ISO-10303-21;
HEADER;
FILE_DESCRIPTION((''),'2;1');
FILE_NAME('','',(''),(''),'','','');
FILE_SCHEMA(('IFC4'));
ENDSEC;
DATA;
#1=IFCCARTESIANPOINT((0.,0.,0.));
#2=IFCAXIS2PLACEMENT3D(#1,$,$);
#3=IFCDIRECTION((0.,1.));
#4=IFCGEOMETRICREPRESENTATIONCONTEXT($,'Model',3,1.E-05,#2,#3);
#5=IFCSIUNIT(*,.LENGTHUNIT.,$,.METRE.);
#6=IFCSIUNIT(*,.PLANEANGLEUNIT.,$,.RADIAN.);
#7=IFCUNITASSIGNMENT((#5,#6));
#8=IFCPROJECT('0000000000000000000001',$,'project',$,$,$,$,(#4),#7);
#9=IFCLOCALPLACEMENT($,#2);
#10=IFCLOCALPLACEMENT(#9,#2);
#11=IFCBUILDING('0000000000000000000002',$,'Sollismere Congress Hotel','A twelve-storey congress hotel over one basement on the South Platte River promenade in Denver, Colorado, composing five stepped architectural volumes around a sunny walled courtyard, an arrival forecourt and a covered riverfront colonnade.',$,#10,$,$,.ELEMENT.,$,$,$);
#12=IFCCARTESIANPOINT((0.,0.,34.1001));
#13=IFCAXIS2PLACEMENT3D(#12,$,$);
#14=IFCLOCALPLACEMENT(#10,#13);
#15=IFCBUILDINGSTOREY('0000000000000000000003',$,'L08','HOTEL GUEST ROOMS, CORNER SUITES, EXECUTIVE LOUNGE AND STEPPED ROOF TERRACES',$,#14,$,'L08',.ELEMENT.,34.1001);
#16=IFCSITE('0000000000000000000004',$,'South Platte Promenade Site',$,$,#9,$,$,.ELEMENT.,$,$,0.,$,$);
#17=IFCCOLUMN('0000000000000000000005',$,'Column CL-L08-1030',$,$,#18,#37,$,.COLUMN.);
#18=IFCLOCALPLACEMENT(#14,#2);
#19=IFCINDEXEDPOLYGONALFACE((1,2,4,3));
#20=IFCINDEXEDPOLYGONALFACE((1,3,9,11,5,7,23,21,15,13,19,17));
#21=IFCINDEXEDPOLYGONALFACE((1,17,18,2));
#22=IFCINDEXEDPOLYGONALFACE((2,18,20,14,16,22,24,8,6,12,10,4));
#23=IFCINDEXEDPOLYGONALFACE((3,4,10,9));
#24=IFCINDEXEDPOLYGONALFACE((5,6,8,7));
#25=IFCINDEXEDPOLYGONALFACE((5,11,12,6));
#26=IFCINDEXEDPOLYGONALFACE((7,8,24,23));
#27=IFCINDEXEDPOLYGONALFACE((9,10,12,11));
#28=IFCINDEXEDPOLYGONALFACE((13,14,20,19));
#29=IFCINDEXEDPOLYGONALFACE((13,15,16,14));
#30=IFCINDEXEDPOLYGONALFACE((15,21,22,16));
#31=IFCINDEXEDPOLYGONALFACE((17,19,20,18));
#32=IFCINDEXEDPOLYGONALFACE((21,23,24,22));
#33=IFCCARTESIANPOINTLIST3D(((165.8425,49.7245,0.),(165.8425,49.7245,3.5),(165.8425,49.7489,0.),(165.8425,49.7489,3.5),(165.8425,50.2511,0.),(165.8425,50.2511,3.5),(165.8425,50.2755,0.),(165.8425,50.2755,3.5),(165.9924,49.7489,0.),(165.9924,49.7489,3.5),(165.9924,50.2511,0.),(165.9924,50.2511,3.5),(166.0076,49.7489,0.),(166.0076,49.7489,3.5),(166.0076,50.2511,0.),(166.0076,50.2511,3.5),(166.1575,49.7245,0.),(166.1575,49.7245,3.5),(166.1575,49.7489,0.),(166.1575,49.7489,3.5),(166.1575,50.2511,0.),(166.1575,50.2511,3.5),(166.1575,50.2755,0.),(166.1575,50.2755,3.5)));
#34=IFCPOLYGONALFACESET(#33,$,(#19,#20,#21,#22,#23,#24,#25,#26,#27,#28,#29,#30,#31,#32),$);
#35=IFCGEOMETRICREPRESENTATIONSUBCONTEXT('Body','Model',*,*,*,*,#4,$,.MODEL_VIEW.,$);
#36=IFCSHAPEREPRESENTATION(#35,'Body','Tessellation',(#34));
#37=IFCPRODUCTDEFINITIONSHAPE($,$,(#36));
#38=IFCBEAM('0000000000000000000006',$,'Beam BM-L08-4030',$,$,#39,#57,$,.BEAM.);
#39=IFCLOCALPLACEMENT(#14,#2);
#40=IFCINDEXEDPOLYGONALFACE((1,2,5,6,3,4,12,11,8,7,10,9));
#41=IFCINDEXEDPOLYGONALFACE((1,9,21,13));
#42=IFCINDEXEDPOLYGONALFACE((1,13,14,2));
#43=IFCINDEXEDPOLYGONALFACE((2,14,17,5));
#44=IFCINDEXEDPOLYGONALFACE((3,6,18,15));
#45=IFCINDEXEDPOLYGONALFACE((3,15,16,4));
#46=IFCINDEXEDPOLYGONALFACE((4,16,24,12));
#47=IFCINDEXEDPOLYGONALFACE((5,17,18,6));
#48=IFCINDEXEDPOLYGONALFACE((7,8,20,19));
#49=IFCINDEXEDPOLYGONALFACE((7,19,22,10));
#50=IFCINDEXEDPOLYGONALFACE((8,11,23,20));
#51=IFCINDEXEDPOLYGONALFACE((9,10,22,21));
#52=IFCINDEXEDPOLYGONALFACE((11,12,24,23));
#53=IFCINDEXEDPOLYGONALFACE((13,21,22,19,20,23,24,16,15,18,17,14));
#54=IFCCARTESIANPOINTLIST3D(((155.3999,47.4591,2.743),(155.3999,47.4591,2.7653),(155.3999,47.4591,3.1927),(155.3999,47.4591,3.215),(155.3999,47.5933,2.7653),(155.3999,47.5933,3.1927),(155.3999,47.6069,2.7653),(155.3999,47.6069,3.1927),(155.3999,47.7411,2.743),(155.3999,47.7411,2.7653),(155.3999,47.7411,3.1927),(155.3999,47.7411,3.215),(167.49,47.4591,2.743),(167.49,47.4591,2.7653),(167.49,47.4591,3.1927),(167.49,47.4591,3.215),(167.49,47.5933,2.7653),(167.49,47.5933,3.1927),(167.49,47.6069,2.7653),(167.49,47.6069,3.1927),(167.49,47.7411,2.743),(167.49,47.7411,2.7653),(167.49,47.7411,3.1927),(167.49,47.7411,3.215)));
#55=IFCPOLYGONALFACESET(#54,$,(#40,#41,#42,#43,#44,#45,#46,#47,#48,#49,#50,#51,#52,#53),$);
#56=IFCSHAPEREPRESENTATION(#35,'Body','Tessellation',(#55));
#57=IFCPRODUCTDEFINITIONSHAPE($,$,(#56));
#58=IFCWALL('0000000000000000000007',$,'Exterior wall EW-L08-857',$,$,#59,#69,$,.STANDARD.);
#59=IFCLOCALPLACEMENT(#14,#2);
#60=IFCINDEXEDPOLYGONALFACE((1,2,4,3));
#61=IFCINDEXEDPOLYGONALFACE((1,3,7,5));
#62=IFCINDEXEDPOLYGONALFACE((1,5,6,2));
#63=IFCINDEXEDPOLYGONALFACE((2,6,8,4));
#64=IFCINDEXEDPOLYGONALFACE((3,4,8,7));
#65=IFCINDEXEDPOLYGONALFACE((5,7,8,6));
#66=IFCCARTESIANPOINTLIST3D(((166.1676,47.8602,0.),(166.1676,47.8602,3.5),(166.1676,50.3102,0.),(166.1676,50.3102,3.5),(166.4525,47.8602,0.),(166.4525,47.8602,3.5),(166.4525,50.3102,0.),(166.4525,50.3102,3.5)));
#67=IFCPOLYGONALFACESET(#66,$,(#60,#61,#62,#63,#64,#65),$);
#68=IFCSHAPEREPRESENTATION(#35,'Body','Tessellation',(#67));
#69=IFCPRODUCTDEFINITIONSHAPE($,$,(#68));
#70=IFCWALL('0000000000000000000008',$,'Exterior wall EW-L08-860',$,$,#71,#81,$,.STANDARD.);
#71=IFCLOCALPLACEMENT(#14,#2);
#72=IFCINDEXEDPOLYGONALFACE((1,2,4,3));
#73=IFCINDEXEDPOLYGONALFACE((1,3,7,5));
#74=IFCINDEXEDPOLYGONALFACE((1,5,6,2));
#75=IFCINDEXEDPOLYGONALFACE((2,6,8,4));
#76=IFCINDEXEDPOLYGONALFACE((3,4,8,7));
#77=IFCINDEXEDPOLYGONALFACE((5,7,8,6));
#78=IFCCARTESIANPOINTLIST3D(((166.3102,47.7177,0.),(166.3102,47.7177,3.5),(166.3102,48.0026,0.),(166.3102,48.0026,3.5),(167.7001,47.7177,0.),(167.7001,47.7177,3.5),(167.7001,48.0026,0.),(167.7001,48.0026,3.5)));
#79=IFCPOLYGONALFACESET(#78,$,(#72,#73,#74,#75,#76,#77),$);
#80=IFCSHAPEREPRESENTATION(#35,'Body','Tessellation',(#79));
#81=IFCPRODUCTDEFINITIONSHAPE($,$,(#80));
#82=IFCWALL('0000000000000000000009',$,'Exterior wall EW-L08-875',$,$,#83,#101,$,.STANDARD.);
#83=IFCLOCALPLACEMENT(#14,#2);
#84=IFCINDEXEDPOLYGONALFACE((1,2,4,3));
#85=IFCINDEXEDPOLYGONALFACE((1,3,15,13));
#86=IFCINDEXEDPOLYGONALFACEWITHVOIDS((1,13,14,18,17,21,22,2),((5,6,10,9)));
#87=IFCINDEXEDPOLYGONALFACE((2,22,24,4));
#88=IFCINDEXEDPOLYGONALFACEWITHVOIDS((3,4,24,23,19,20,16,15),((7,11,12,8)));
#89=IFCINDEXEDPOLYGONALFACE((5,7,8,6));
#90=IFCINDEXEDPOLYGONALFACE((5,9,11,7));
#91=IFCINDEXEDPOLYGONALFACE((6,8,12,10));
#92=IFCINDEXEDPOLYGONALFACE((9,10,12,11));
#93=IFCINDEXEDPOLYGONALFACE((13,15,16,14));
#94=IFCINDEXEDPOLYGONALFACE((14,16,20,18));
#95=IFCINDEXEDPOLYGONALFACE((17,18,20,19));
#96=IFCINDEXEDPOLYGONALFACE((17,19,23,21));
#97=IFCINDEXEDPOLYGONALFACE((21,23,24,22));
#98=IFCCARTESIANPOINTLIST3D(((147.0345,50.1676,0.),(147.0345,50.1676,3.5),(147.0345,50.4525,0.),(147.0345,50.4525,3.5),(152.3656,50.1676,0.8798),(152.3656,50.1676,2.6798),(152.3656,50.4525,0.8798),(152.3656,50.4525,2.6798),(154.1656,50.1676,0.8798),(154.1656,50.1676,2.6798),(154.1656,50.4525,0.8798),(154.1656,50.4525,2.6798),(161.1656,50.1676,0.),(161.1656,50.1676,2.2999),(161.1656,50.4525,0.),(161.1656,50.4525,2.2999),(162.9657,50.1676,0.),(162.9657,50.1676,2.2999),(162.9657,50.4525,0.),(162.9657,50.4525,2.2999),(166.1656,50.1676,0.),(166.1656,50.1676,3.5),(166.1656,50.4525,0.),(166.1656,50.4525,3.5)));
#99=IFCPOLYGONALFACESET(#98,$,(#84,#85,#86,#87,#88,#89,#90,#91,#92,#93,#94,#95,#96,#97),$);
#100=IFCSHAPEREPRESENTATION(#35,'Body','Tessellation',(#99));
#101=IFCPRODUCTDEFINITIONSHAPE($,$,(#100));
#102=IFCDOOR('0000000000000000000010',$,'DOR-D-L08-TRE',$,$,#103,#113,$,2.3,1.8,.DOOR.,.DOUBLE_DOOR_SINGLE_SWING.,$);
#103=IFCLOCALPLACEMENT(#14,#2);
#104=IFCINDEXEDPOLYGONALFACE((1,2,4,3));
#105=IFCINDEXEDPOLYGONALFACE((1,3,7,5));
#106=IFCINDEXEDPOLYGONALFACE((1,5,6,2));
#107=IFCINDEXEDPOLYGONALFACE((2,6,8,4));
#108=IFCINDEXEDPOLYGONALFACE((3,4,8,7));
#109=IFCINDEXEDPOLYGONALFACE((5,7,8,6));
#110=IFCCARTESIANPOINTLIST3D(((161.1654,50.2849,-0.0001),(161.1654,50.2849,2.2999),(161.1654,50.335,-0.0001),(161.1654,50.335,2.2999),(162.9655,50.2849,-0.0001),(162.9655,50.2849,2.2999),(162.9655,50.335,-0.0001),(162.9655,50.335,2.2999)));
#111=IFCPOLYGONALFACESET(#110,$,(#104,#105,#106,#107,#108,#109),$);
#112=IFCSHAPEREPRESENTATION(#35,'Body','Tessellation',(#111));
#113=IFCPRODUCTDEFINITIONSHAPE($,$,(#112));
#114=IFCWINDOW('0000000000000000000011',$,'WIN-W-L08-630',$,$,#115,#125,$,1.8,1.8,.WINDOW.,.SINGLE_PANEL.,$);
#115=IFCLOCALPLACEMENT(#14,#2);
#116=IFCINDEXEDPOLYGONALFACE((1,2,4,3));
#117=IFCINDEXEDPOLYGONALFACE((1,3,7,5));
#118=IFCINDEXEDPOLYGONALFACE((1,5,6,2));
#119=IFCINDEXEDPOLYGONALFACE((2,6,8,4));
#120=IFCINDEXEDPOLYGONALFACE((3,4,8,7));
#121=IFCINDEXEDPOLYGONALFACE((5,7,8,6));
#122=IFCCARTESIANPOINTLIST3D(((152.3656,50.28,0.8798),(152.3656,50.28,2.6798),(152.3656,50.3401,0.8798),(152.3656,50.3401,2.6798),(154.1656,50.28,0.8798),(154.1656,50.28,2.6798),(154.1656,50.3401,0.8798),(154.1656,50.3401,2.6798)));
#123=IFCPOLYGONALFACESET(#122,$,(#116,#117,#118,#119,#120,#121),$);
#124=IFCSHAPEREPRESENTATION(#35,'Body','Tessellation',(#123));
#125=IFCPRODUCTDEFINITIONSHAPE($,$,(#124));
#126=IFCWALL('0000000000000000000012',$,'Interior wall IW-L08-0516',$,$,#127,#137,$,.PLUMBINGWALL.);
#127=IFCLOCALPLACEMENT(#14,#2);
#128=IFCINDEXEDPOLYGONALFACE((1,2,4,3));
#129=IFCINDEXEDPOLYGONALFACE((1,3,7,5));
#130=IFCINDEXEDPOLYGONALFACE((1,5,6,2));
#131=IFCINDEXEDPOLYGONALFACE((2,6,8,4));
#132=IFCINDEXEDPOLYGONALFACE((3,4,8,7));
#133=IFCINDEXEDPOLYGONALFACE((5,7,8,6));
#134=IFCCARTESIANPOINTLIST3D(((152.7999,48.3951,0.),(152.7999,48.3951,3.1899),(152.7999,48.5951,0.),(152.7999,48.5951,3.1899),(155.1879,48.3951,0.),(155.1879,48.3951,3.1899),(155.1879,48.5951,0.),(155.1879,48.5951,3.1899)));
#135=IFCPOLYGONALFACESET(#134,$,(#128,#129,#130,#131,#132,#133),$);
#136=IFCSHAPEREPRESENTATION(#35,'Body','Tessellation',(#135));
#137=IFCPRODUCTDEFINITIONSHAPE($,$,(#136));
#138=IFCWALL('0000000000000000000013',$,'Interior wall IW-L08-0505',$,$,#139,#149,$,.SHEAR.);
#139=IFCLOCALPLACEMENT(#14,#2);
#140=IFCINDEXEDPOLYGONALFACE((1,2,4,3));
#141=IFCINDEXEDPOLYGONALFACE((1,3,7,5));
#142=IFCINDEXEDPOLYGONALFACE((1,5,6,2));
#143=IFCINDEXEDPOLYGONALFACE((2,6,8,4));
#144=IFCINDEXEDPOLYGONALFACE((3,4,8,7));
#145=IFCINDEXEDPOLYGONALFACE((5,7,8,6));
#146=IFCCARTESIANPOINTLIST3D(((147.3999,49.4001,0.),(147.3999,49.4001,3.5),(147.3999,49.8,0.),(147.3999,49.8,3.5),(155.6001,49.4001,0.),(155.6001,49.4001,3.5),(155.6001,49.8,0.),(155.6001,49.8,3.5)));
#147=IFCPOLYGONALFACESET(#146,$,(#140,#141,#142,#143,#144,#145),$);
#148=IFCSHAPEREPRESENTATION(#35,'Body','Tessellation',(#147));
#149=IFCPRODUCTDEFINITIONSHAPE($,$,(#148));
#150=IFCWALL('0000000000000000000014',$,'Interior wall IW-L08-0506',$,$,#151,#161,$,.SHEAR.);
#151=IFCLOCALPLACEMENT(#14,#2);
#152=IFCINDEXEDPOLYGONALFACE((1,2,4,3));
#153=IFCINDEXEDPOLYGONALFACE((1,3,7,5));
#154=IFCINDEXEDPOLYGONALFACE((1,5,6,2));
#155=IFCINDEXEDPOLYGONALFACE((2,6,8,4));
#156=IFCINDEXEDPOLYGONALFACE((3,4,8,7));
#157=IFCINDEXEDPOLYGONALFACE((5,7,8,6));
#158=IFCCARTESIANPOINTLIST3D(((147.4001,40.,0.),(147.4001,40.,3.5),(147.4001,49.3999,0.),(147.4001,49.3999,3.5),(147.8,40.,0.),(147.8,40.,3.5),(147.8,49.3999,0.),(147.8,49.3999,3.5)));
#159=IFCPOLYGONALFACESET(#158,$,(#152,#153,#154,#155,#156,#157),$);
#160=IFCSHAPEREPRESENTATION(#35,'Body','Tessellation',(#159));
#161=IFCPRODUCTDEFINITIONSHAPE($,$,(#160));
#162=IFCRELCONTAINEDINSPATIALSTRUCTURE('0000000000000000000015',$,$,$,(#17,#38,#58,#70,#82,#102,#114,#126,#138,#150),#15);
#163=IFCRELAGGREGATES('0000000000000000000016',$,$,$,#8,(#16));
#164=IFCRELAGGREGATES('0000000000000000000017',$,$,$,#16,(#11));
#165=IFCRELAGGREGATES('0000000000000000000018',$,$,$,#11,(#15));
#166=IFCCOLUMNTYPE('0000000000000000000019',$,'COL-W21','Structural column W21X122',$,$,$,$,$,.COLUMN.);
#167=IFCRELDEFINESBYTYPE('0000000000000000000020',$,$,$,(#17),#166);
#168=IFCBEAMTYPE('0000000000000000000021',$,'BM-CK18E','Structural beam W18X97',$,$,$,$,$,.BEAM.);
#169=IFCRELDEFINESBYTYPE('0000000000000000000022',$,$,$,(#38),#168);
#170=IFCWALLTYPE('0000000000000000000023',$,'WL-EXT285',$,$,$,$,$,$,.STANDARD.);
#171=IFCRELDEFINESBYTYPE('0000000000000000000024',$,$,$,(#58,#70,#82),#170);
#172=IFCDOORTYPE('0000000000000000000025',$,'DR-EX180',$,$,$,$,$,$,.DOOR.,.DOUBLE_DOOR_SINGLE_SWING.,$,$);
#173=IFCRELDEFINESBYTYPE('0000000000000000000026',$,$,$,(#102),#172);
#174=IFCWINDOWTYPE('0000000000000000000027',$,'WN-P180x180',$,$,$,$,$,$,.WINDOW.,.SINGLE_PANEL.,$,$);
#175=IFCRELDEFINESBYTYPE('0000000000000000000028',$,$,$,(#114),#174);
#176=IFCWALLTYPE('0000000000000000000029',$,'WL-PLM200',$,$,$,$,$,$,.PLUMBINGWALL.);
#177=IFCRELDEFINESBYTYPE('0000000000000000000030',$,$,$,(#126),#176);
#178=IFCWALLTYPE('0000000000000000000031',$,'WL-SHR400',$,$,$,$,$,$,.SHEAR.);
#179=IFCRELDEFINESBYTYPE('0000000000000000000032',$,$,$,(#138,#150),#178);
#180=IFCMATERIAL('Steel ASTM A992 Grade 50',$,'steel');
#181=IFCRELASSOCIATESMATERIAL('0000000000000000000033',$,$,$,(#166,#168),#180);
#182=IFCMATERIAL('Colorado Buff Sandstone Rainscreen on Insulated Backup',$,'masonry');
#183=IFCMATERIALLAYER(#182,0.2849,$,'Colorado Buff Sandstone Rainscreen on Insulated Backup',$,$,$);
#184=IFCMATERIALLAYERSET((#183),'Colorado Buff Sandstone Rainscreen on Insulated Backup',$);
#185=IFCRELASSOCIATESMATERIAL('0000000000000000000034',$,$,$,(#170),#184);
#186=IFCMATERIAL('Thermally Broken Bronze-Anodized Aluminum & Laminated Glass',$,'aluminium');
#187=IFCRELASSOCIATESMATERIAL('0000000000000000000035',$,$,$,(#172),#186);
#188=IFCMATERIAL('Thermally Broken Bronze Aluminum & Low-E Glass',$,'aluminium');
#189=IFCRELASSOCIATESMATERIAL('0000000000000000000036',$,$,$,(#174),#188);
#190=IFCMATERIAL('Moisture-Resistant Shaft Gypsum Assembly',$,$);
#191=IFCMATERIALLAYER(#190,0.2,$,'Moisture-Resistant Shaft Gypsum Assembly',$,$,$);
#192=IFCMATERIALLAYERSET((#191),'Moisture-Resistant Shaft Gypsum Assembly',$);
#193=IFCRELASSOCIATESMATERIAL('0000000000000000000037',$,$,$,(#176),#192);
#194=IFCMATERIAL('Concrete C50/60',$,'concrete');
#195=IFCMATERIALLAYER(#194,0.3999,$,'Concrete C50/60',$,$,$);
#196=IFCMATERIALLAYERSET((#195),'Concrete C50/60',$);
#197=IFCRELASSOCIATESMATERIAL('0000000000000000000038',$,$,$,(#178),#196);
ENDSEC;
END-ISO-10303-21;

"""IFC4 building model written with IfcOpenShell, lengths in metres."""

from ifc_helpers import new_model, si_unit, direction, frame, frame_2d, origin, origin_2d, place, context, subcontext, project, spatial, rectangle, i_section, extrude, material, layer, layer_set, material_profile, profile_set, type_object, element, fill, save


model = new_model("IFC4")

# Units and contexts
model_context = context("Model", 3, precision=1e-05, world=origin(), true_north=direction((0.0, 1.0)))
body_context = subcontext(model_context, "Body", "Model", "MODEL_VIEW")
ifc_project = project(units=[si_unit("LENGTHUNIT", "METRE"), si_unit("PLANEANGLEUNIT", "RADIAN")], contexts=[model_context])

# Site, building, storey
site_placement = place(None, origin())
site = spatial("IfcSite", under=ifc_project, at=site_placement, Name="South Platte Promenade Site", CompositionType="ELEMENT", RefElevation=0.0)
building_placement = place(site_placement, origin())
building = spatial("IfcBuilding", under=site, at=building_placement, Name="Sollismere Congress Hotel", Description="A twelve-storey congress hotel over one basement on the South Platte River promenade in Denver, Colorado, composing five stepped architectural volumes around a sunny walled courtyard, an arrival forecourt and a covered riverfront colonnade.", CompositionType="ELEMENT")
storey_placement = place(building_placement, frame((0.0, 0.0, 34.1001)))
storey = spatial("IfcBuildingStorey", under=building, at=storey_placement, Name="L08", Description="HOTEL GUEST ROOMS, CORNER SUITES, EXECUTIVE LOUNGE AND STEPPED ROOF TERRACES", LongName="L08", CompositionType="ELEMENT", Elevation=34.1001)

# Column
ifc_material_1 = material(Name="Steel ASTM A992 Grade 50", Category="steel")
ifc_material_profile_1 = material_profile(ifc_material_1, i_section(OverallWidth=0.3149, OverallDepth=0.551, WebThickness=0.0151, FlangeThickness=0.0244, at=origin_2d()), Name="W21X122")
ifc_profile_set_1 = profile_set([ifc_material_profile_1], Name="Steel ASTM A992 Grade 50")
column_type = type_object("IfcColumnType", Name="COL-W21", Description="Structural column W21X122", PredefinedType="COLUMN", material=ifc_profile_set_1)
column_placement = place(storey_placement, frame((166.0, 50.0, 0.0), z_axis=(0.0, 0.0, 1.0), x_axis=(1.0, 0.0, 0.0)))
element("IfcColumn", 1, at=column_placement, inside=storey, type_object=column_type, Name="Column CL-L08-1030", PredefinedType="COLUMN", context=body_context, shape_type="SweptSolid", body=[
    extrude(i_section(OverallWidth=0.3149, OverallDepth=0.551, WebThickness=0.0151, FlangeThickness=0.0244, at=origin_2d()), origin(), (0.0, 0.0, 1.0), 3.5),
])

# Beam
ifc_material_profile_2 = material_profile(ifc_material_1, i_section(OverallWidth=0.282, OverallDepth=0.4719, WebThickness=0.0137, FlangeThickness=0.0222, at=origin_2d()), Name="W18X97")
ifc_profile_set_2 = profile_set([ifc_material_profile_2], Name="Steel ASTM A992 Grade 50")
beam_type = type_object("IfcBeamType", Name="BM-CK18E", Description="Structural beam W18X97", PredefinedType="BEAM", material=ifc_profile_set_2)
beam_placement = place(storey_placement, frame((155.3999, 47.6001, 2.979), z_axis=(1.0, 0.0, 0.0), x_axis=(0.0, 1.0, 0.0)))
element("IfcBeam", 2, at=beam_placement, inside=storey, type_object=beam_type, Name="Beam BM-L08-4030", PredefinedType="BEAM", context=body_context, shape_type="SweptSolid", body=[
    extrude(i_section(OverallWidth=0.282, OverallDepth=0.4719, WebThickness=0.0137, FlangeThickness=0.0222, at=origin_2d()), origin(), (0.0, 0.0, 1.0), 12.0901),
])

# Walls
ifc_material_2 = material(Name="Colorado Buff Sandstone Rainscreen on Insulated Backup", Category="masonry")
ifc_layer_1 = layer(ifc_material_2, 0.2849, Name="Colorado Buff Sandstone Rainscreen on Insulated Backup")
ifc_layer_set_1 = layer_set([ifc_layer_1], Name="Colorado Buff Sandstone Rainscreen on Insulated Backup")
wall_type_1 = type_object("IfcWallType", Name="WL-EXT285", PredefinedType="STANDARD", material=ifc_layer_set_1)
wall_1_placement = place(storey_placement, frame((166.3101, 47.8601, 0.0), z_axis=(0.0, 0.0, 1.0), x_axis=(0.0, 1.0, 0.0)))
element("IfcWall", 3, at=wall_1_placement, inside=storey, type_object=wall_type_1, Name="Exterior wall EW-L08-857", PredefinedType="STANDARD", context=body_context, shape_type="SweptSolid", body=[
    extrude(rectangle(XDim=2.45, YDim=0.2849, at=frame_2d((1.2251, 0.0))), origin(), (0.0, 0.0, 1.0), 3.5),
])
wall_2_placement = place(storey_placement, frame((167.7, 47.8601, 0.0), z_axis=(0.0, 0.0, 1.0), x_axis=(-1.0, 0.0, 0.0)))
element("IfcWall", 4, at=wall_2_placement, inside=storey, type_object=wall_type_1, Name="Exterior wall EW-L08-860", PredefinedType="STANDARD", context=body_context, shape_type="SweptSolid", body=[
    extrude(rectangle(XDim=1.3899, YDim=0.2849, at=frame_2d((0.6948, 0.0))), origin(), (0.0, 0.0, 1.0), 3.5),
])

# Wall, openings, door, window
wall_3_placement = place(storey_placement, frame((166.1655, 50.3101, 0.0), z_axis=(0.0, 0.0, 1.0), x_axis=(-1.0, 0.0, 0.0)))
wall_3 = element("IfcWall", 5, at=wall_3_placement, inside=storey, type_object=wall_type_1, Name="Exterior wall EW-L08-875", PredefinedType="STANDARD", context=body_context, shape_type="SweptSolid", body=[
    extrude(rectangle(XDim=19.1311, YDim=0.2849, at=frame_2d((9.5654, 0.0))), origin(), (0.0, 0.0, 1.0), 3.5),
])
opening_1_placement = place(wall_3_placement, frame((3.2, 0.0, 0.0)))
opening_1 = element("IfcOpeningElement", 6, at=opening_1_placement, cuts=wall_3, PredefinedType="OPENING", context=body_context, shape_type="SweptSolid", body=[
    extrude(rectangle(XDim=1.8, YDim=2.3, at=frame_2d((0.8999, 1.1499))), frame((0.0, 0.1523, 0.0), z_axis=(0.0, -1.0, 0.0), x_axis=(1.0, 0.0, 0.0)), (0.0, 0.0, 1.0), 0.3049),
])
opening_2_placement = place(wall_3_placement, frame((12.0, 0.0, 0.8799)))
opening_2 = element("IfcOpeningElement", 7, at=opening_2_placement, cuts=wall_3, PredefinedType="OPENING", context=body_context, shape_type="SweptSolid", body=[
    extrude(rectangle(XDim=1.8, YDim=1.8, at=frame_2d((0.8999, 0.8999))), frame((0.0, 0.1523, 0.0), z_axis=(0.0, -1.0, 0.0), x_axis=(1.0, 0.0, 0.0)), (0.0, 0.0, 1.0), 0.3049),
])
ifc_material_3 = material(Name="Thermally Broken Bronze-Anodized Aluminum & Laminated Glass", Category="aluminium")
door_type = type_object("IfcDoorType", Name="DR-EX180", OperationType="DOUBLE_DOOR_SINGLE_SWING", PredefinedType="DOOR", material=ifc_material_3)
door_placement = place(opening_1_placement, frame((1.8, 0.0, 0.0), z_axis=(0.0, 0.0, 1.0), x_axis=(-1.0, 0.0, 0.0)))
door = element("IfcDoor", 8, at=door_placement, inside=storey, type_object=door_type, Name="DOR-D-L08-TRE", OperationType="DOUBLE_DOOR_SINGLE_SWING", OverallHeight=2.3, OverallWidth=1.8, PredefinedType="DOOR", context=body_context, shape_type="SweptSolid", body=[
    extrude(rectangle(XDim=1.8, YDim=2.3, at=frame_2d((0.8999, 1.1499))), frame((0.0, 0.0249, 0.0), z_axis=(0.0, -1.0, 0.0), x_axis=(1.0, 0.0, 0.0)), (0.0, 0.0, 1.0), 0.05),
])
fill(opening_1, door)
ifc_material_4 = material(Name="Thermally Broken Bronze Aluminum & Low-E Glass", Category="aluminium")
window_type = type_object("IfcWindowType", Name="WN-P180x180", PartitioningType="SINGLE_PANEL", PredefinedType="WINDOW", material=ifc_material_4)
window_placement = place(opening_2_placement, origin())
window = element("IfcWindow", 9, at=window_placement, inside=storey, type_object=window_type, Name="WIN-W-L08-630", OverallHeight=1.8, OverallWidth=1.8, PartitioningType="SINGLE_PANEL", PredefinedType="WINDOW", context=body_context, shape_type="SweptSolid", body=[
    extrude(rectangle(XDim=1.8, YDim=1.8, at=frame_2d((0.8999, 0.8999))), frame((0.0, 0.03, 0.0), z_axis=(0.0, -1.0, 0.0), x_axis=(1.0, 0.0, 0.0)), (0.0, 0.0, 1.0), 0.0601),
])
fill(opening_2, window)

# Walls
ifc_material_5 = material(Name="Moisture-Resistant Shaft Gypsum Assembly")
ifc_layer_2 = layer(ifc_material_5, 0.2, Name="Moisture-Resistant Shaft Gypsum Assembly")
ifc_layer_set_2 = layer_set([ifc_layer_2], Name="Moisture-Resistant Shaft Gypsum Assembly")
wall_type_2 = type_object("IfcWallType", Name="WL-PLM200", PredefinedType="PLUMBINGWALL", material=ifc_layer_set_2)
wall_4_placement = place(storey_placement, frame((152.8, 48.4951, 0.0), z_axis=(0.0, 0.0, 1.0), x_axis=(1.0, 0.0, 0.0)))
element("IfcWall", 10, at=wall_4_placement, inside=storey, type_object=wall_type_2, Name="Interior wall IW-L08-0516", PredefinedType="PLUMBINGWALL", context=body_context, shape_type="SweptSolid", body=[
    extrude(rectangle(XDim=2.3879, YDim=0.2, at=frame_2d((1.1938, 0.0))), origin(), (0.0, 0.0, 1.0), 3.1899),
])
ifc_material_6 = material(Name="Concrete C50/60", Category="concrete")
ifc_layer_3 = layer(ifc_material_6, 0.3999, Name="Concrete C50/60")
ifc_layer_set_3 = layer_set([ifc_layer_3], Name="Concrete C50/60")
wall_type_3 = type_object("IfcWallType", Name="WL-SHR400", PredefinedType="SHEAR", material=ifc_layer_set_3)
wall_5_placement = place(storey_placement, frame((155.6001, 49.6001, 0.0), z_axis=(0.0, 0.0, 1.0), x_axis=(-1.0, 0.0, 0.0)))
element("IfcWall", 11, at=wall_5_placement, inside=storey, type_object=wall_type_3, Name="Interior wall IW-L08-0505", PredefinedType="SHEAR", context=body_context, shape_type="SweptSolid", body=[
    extrude(rectangle(XDim=8.2002, YDim=0.3999, at=frame_2d((4.1001, 0.0))), origin(), (0.0, 0.0, 1.0), 3.5),
])
wall_6_placement = place(storey_placement, frame((147.6001, 49.3999, 0.0), z_axis=(0.0, 0.0, 1.0), x_axis=(0.0, -1.0, 0.0)))
element("IfcWall", 12, at=wall_6_placement, inside=storey, type_object=wall_type_3, Name="Interior wall IW-L08-0506", PredefinedType="SHEAR", context=body_context, shape_type="SweptSolid", body=[
    extrude(rectangle(XDim=9.3999, YDim=0.3999, at=frame_2d((4.7, 0.0))), origin(), (0.0, 0.0, 1.0), 3.5),
])

save(model, "model.ifc")
